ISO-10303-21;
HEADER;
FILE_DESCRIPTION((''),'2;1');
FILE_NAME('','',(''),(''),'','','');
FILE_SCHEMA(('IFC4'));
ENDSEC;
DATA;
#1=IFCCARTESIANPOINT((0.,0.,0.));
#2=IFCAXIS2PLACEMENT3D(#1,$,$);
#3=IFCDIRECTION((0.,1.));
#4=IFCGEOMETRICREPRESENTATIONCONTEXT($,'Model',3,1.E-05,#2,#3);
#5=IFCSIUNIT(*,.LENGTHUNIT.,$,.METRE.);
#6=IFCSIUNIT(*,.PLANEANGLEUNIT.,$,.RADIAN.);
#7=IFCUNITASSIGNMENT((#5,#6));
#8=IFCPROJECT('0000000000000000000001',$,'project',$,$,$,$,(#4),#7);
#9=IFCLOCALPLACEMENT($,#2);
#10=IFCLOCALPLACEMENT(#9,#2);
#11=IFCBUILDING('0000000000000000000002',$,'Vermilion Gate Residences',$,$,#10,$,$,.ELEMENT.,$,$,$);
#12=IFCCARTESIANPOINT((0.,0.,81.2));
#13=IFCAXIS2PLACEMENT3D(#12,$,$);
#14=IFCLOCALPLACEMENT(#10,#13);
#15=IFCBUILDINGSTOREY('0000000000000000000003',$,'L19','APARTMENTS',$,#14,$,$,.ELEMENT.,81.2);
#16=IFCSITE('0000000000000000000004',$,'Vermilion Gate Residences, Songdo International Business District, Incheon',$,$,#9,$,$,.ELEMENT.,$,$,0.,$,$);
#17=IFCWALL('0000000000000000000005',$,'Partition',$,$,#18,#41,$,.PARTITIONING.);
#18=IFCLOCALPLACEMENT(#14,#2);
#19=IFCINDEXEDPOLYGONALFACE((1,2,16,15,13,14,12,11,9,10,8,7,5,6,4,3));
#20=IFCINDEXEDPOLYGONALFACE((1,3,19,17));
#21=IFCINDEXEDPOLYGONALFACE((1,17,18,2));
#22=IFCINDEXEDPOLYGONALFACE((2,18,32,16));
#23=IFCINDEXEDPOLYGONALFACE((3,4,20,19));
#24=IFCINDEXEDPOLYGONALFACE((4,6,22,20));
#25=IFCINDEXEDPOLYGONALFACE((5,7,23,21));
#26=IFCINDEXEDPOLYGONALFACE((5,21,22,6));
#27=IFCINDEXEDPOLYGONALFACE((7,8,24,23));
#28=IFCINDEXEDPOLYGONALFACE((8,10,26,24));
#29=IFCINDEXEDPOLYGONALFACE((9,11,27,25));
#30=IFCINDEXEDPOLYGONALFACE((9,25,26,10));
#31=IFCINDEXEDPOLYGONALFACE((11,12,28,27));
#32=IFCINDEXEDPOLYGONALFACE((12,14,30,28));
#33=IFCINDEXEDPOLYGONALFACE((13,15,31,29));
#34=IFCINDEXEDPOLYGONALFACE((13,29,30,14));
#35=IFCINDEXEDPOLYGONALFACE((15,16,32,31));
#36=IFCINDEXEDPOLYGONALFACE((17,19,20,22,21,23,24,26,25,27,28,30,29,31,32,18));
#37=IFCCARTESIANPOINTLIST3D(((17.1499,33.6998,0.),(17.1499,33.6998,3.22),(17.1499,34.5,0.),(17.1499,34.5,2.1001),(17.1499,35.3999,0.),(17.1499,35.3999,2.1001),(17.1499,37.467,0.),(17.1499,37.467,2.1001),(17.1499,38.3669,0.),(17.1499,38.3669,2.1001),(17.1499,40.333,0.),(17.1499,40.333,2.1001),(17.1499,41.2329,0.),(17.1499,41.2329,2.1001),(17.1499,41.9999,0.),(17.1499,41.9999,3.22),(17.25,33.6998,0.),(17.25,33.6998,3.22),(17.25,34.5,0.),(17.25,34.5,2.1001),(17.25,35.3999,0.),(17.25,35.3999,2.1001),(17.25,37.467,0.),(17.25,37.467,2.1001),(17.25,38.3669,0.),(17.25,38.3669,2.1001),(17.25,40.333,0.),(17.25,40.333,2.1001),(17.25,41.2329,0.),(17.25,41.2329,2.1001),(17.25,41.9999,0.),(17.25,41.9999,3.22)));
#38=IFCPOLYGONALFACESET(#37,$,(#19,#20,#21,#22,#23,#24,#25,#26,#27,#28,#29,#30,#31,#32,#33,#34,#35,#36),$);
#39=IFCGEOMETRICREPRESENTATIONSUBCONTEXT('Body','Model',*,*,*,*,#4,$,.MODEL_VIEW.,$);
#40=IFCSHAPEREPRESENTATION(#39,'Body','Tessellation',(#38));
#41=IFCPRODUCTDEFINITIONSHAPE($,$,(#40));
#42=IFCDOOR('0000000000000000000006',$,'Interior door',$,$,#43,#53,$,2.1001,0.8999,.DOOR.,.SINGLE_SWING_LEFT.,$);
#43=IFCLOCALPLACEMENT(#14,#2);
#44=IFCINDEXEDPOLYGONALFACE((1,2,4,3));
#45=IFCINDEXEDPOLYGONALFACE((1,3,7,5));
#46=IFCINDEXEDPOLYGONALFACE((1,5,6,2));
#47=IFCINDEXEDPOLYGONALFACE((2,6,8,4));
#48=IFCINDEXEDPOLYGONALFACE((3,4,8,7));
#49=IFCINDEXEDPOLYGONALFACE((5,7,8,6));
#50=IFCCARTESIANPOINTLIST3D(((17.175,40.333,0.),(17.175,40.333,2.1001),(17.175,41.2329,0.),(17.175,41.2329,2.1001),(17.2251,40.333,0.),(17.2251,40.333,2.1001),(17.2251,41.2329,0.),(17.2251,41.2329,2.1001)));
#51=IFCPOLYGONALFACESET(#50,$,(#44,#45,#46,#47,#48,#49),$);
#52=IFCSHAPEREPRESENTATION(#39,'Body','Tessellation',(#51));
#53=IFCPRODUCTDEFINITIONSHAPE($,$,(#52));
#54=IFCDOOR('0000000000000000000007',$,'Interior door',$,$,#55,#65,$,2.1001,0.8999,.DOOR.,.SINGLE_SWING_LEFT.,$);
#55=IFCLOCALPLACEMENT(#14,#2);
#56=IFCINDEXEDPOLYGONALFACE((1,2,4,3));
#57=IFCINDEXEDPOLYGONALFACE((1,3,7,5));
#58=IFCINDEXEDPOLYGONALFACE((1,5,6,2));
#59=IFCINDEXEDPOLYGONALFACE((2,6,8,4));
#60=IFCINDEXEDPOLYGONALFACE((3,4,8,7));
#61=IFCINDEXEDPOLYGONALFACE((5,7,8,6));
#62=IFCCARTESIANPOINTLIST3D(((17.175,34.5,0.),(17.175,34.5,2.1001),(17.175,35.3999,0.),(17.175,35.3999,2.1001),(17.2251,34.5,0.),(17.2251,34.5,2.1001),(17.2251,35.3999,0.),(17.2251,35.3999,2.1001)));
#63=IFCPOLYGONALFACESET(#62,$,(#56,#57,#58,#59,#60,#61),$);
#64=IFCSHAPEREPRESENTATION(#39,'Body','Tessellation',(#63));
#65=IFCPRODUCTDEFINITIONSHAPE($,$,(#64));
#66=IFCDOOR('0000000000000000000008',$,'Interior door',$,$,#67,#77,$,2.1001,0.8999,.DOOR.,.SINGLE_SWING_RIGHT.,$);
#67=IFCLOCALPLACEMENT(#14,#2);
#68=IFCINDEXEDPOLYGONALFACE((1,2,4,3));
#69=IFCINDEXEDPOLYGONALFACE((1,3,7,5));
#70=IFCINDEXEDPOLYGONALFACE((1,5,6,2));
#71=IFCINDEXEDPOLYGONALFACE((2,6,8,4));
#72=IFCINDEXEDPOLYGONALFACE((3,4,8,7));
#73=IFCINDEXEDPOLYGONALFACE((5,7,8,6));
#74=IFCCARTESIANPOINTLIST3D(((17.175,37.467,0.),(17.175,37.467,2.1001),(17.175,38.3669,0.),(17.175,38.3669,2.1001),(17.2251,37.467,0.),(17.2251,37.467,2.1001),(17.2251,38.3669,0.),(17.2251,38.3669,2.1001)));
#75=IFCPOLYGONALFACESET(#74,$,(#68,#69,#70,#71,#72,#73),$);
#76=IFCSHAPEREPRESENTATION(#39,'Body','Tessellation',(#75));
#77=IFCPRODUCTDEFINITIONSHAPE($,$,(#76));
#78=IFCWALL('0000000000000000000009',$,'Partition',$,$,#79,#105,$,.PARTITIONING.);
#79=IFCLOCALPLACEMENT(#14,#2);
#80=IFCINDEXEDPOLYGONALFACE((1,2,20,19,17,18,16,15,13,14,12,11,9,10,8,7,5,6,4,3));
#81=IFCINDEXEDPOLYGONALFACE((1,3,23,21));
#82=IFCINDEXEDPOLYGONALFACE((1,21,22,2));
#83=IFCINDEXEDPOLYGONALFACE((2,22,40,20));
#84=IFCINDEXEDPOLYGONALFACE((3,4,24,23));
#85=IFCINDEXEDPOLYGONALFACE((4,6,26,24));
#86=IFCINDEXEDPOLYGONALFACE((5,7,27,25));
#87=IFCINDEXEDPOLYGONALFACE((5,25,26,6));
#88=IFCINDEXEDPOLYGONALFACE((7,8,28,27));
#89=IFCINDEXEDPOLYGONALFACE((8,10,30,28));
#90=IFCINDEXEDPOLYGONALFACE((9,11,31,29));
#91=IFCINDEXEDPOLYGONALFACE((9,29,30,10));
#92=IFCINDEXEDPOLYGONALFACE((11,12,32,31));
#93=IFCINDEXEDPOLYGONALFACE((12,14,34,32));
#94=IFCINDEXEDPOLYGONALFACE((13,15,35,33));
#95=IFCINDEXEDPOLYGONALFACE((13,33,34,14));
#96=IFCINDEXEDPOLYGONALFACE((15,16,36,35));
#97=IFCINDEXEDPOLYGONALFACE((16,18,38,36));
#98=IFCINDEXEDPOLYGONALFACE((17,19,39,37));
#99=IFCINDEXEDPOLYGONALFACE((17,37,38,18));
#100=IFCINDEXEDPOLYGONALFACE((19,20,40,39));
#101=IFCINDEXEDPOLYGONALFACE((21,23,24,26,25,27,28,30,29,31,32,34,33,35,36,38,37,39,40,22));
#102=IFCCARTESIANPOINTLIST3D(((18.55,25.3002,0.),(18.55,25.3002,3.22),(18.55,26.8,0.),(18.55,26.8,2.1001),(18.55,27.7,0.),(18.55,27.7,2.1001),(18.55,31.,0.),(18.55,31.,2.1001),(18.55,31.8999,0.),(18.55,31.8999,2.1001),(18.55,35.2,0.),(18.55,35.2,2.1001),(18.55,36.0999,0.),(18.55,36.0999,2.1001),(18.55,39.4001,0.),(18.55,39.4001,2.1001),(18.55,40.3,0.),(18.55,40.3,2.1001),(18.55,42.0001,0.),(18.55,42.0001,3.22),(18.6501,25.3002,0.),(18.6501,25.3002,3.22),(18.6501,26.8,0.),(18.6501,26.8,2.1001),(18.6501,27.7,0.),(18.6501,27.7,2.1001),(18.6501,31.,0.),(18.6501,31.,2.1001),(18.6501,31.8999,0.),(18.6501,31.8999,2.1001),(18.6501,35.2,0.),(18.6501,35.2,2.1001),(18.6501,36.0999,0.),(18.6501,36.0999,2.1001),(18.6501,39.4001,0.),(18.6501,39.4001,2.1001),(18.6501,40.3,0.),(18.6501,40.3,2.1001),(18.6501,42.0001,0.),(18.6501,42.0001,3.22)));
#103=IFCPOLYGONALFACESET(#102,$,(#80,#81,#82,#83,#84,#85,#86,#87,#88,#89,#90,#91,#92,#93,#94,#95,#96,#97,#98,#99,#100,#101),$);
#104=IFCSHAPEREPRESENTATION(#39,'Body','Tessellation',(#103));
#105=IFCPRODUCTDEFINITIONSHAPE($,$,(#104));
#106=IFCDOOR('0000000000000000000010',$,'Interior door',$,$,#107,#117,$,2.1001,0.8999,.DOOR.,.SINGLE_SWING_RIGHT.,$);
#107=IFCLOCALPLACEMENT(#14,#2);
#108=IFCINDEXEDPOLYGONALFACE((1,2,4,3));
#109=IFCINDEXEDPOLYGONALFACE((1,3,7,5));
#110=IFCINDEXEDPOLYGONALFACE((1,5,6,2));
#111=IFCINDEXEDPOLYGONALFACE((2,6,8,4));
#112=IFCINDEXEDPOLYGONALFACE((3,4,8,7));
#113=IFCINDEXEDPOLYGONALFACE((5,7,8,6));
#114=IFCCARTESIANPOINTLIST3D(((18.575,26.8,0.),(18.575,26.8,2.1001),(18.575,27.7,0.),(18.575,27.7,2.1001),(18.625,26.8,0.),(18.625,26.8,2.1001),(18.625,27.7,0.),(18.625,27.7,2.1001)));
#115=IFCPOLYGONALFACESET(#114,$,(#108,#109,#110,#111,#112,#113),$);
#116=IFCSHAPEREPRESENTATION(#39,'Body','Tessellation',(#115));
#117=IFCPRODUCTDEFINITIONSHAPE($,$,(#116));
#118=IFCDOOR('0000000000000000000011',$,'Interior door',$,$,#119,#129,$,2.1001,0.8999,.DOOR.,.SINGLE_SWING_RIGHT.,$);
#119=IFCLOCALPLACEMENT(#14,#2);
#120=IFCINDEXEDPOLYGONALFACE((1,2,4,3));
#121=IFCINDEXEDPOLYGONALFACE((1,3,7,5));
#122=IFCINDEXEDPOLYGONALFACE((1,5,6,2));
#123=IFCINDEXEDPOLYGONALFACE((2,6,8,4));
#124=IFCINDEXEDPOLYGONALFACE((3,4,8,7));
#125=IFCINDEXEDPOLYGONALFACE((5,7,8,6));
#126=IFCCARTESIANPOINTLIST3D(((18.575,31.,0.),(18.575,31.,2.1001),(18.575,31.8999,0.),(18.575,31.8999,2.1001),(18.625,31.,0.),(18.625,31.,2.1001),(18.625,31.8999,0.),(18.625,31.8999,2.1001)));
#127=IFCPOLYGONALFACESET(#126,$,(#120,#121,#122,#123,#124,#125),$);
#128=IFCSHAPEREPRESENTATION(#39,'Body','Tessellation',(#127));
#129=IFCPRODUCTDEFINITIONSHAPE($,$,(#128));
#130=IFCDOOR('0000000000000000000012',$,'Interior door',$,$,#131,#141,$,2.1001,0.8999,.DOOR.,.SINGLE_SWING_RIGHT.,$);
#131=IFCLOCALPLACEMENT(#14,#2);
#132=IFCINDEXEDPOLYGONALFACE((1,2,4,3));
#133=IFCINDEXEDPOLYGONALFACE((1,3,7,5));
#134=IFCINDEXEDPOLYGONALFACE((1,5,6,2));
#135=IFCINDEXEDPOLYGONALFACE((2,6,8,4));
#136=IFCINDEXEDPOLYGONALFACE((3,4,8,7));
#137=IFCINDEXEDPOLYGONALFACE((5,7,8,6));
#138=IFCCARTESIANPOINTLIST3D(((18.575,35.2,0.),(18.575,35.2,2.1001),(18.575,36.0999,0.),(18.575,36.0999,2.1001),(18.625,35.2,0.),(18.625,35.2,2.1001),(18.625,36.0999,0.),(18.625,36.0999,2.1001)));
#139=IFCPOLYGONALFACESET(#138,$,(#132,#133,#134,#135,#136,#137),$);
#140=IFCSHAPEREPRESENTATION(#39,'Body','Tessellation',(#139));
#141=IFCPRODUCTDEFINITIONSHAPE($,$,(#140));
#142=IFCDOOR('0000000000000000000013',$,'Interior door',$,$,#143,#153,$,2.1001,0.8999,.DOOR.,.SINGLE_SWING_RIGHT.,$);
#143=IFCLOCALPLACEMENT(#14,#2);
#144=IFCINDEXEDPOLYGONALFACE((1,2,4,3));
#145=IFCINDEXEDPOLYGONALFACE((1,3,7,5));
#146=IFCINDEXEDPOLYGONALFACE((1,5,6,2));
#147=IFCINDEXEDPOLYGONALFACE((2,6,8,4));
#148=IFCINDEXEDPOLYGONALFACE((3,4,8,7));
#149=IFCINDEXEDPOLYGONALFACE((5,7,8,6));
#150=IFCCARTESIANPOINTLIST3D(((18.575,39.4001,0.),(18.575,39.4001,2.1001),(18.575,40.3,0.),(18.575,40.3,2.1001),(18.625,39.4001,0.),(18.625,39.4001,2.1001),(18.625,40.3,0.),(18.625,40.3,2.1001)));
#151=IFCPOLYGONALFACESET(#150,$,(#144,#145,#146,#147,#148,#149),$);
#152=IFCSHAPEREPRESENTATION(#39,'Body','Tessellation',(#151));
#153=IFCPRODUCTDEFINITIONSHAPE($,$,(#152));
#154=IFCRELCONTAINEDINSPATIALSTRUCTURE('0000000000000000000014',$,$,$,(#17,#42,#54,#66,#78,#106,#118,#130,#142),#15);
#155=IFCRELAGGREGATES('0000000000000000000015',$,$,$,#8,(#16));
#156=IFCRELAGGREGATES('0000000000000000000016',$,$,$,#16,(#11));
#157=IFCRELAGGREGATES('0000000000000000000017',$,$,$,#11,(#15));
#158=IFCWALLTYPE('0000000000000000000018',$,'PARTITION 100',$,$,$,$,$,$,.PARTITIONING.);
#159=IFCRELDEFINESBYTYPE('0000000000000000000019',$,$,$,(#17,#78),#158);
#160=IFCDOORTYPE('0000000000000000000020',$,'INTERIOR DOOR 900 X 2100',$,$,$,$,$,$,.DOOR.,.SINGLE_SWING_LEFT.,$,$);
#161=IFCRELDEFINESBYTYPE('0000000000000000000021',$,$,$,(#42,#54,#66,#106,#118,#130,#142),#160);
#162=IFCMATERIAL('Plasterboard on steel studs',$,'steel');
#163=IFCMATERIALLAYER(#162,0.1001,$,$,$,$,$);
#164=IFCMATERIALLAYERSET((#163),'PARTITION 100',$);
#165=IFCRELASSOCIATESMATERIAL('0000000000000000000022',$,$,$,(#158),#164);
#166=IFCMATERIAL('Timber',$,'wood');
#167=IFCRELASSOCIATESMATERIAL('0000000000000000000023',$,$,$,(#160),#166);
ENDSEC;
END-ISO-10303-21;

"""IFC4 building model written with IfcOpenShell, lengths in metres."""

from ifc_helpers import new_model, si_unit, direction, frame, frame_2d, origin, place, context, subcontext, project, spatial, rectangle, extrude, material, layer, layer_set, type_object, element, fill, save


model = new_model("IFC4")

# Units and contexts
model_context = context("Model", 3, precision=1e-05, world=origin(), true_north=direction((0.0, 1.0)))
body_context = subcontext(model_context, "Body", "Model", "MODEL_VIEW")
ifc_project = project(units=[si_unit("LENGTHUNIT", "METRE"), si_unit("PLANEANGLEUNIT", "RADIAN")], contexts=[model_context])

# Site, building, storey
site_placement = place(None, origin())
site = spatial("IfcSite", under=ifc_project, at=site_placement, Name="Vermilion Gate Residences, Songdo International Business District, Incheon", CompositionType="ELEMENT", RefElevation=0.0)
building_placement = place(site_placement, origin())
building = spatial("IfcBuilding", under=site, at=building_placement, Name="Vermilion Gate Residences", CompositionType="ELEMENT")
storey_placement = place(building_placement, frame((0.0, 0.0, 81.2)))
storey = spatial("IfcBuildingStorey", under=building, at=storey_placement, Name="L19", Description="APARTMENTS", CompositionType="ELEMENT", Elevation=81.2)

# Shared definitions
ifc_material_1 = material(Name="Plasterboard on steel studs", Category="steel")
ifc_layer_1 = layer(ifc_material_1, 0.1001)
ifc_layer_set_1 = layer_set([ifc_layer_1], Name="PARTITION 100")
wall_type = type_object("IfcWallType", Name="PARTITION 100", PredefinedType="PARTITIONING", material=ifc_layer_set_1)

# Walls, openings, doors
ifc_material_2 = material(Name="Timber", Category="wood")
door_type = type_object("IfcDoorType", Name="INTERIOR DOOR 900 X 2100", OperationType="SINGLE_SWING_LEFT", PredefinedType="DOOR", material=ifc_material_2)
wall_1_placement = place(storey_placement, frame((17.2, 33.7, 0.0), z_axis=(0.0, 0.0, 1.0), x_axis=(0.0, 1.0, 0.0)))
wall_1 = element("IfcWall", 1, at=wall_1_placement, inside=storey, type_object=wall_type, Name="Partition", PredefinedType="PARTITIONING", context=body_context, shape_type="SweptSolid", body=[
    extrude(rectangle(XDim=8.3, YDim=0.1001, at=frame_2d((4.1499, 0.0))), origin(), (0.0, 0.0, 1.0), 3.22),
])
opening_1_placement = place(wall_1_placement, frame((6.6331, 0.0, 0.0)))
opening_1 = element("IfcOpeningElement", 2, at=opening_1_placement, cuts=wall_1, PredefinedType="OPENING", context=body_context, shape_type="SweptSolid", body=[
    extrude(rectangle(XDim=0.8999, YDim=2.1001, at=frame_2d((0.45, 1.05))), frame((0.0, 0.0601, 0.0), z_axis=(0.0, -1.0, 0.0), x_axis=(1.0, 0.0, 0.0)), (0.0, 0.0, 1.0), 0.1201),
])
opening_2_placement = place(wall_1_placement, frame((0.8, 0.0, 0.0)))
opening_2 = element("IfcOpeningElement", 3, at=opening_2_placement, cuts=wall_1, PredefinedType="OPENING", context=body_context, shape_type="SweptSolid", body=[
    extrude(rectangle(XDim=0.8999, YDim=2.1001, at=frame_2d((0.45, 1.05))), frame((0.0, 0.0601, 0.0), z_axis=(0.0, -1.0, 0.0), x_axis=(1.0, 0.0, 0.0)), (0.0, 0.0, 1.0), 0.1201),
])
opening_3_placement = place(wall_1_placement, frame((3.7671, 0.0, 0.0)))
opening_3 = element("IfcOpeningElement", 4, at=opening_3_placement, cuts=wall_1, PredefinedType="OPENING", context=body_context, shape_type="SweptSolid", body=[
    extrude(rectangle(XDim=0.8999, YDim=2.1001, at=frame_2d((0.45, 1.05))), frame((0.0, 0.0601, 0.0), z_axis=(0.0, -1.0, 0.0), x_axis=(1.0, 0.0, 0.0)), (0.0, 0.0, 1.0), 0.1201),
])
door_1_placement = place(opening_1_placement, origin())
door_1 = element("IfcDoor", 5, at=door_1_placement, inside=storey, type_object=door_type, Name="Interior door", OperationType="SINGLE_SWING_LEFT", OverallHeight=2.1001, OverallWidth=0.8999, PredefinedType="DOOR", context=body_context, shape_type="SweptSolid", body=[
    extrude(rectangle(XDim=0.8999, YDim=2.1001, at=frame_2d((0.45, 1.05))), frame((0.0, 0.0249, 0.0), z_axis=(0.0, -1.0, 0.0), x_axis=(1.0, 0.0, 0.0)), (0.0, 0.0, 1.0), 0.05),
])
fill(opening_1, door_1)
door_2_placement = place(opening_2_placement, origin())
door_2 = element("IfcDoor", 6, at=door_2_placement, inside=storey, type_object=door_type, Name="Interior door", OperationType="SINGLE_SWING_LEFT", OverallHeight=2.1001, OverallWidth=0.8999, PredefinedType="DOOR", context=body_context, shape_type="SweptSolid", body=[
    extrude(rectangle(XDim=0.8999, YDim=2.1001, at=frame_2d((0.45, 1.05))), frame((0.0, 0.0249, 0.0), z_axis=(0.0, -1.0, 0.0), x_axis=(1.0, 0.0, 0.0)), (0.0, 0.0, 1.0), 0.05),
])
fill(opening_2, door_2)
door_3_placement = place(opening_3_placement, origin())
door_3 = element("IfcDoor", 7, at=door_3_placement, inside=storey, type_object=door_type, Name="Interior door", OperationType="SINGLE_SWING_RIGHT", OverallHeight=2.1001, OverallWidth=0.8999, PredefinedType="DOOR", context=body_context, shape_type="SweptSolid", body=[
    extrude(rectangle(XDim=0.8999, YDim=2.1001, at=frame_2d((0.45, 1.05))), frame((0.0, 0.0249, 0.0), z_axis=(0.0, -1.0, 0.0), x_axis=(1.0, 0.0, 0.0)), (0.0, 0.0, 1.0), 0.05),
])
fill(opening_3, door_3)
wall_2_placement = place(storey_placement, frame((18.6001, 25.3, 0.0), z_axis=(0.0, 0.0, 1.0), x_axis=(0.0, 1.0, 0.0)))
wall_2 = element("IfcWall", 8, at=wall_2_placement, inside=storey, type_object=wall_type, Name="Partition", PredefinedType="PARTITIONING", context=body_context, shape_type="SweptSolid", body=[
    extrude(rectangle(XDim=16.7, YDim=0.1001, at=frame_2d((8.3501, 0.0))), origin(), (0.0, 0.0, 1.0), 3.22),
])
opening_4_placement = place(wall_2_placement, frame((1.5, 0.0, 0.0)))
opening_4 = element("IfcOpeningElement", 9, at=opening_4_placement, cuts=wall_2, PredefinedType="OPENING", context=body_context, shape_type="SweptSolid", body=[
    extrude(rectangle(XDim=0.8999, YDim=2.1001, at=frame_2d((0.45, 1.05))), frame((0.0, 0.0601, 0.0), z_axis=(0.0, -1.0, 0.0), x_axis=(1.0, 0.0, 0.0)), (0.0, 0.0, 1.0), 0.1201),
])
opening_5_placement = place(wall_2_placement, frame((5.7, 0.0, 0.0)))
opening_5 = element("IfcOpeningElement", 10, at=opening_5_placement, cuts=wall_2, PredefinedType="OPENING", context=body_context, shape_type="SweptSolid", body=[
    extrude(rectangle(XDim=0.8999, YDim=2.1001, at=frame_2d((0.45, 1.05))), frame((0.0, 0.0601, 0.0), z_axis=(0.0, -1.0, 0.0), x_axis=(1.0, 0.0, 0.0)), (0.0, 0.0, 1.0), 0.1201),
])
opening_6_placement = place(wall_2_placement, frame((9.8999, 0.0, 0.0)))
opening_6 = element("IfcOpeningElement", 11, at=opening_6_placement, cuts=wall_2, PredefinedType="OPENING", context=body_context, shape_type="SweptSolid", body=[
    extrude(rectangle(XDim=0.8999, YDim=2.1001, at=frame_2d((0.45, 1.05))), frame((0.0, 0.0601, 0.0), z_axis=(0.0, -1.0, 0.0), x_axis=(1.0, 0.0, 0.0)), (0.0, 0.0, 1.0), 0.1201),
])
opening_7_placement = place(wall_2_placement, frame((14.1001, 0.0, 0.0)))
opening_7 = element("IfcOpeningElement", 12, at=opening_7_placement, cuts=wall_2, PredefinedType="OPENING", context=body_context, shape_type="SweptSolid", body=[
    extrude(rectangle(XDim=0.8999, YDim=2.1001, at=frame_2d((0.45, 1.05))), frame((0.0, 0.0601, 0.0), z_axis=(0.0, -1.0, 0.0), x_axis=(1.0, 0.0, 0.0)), (0.0, 0.0, 1.0), 0.1201),
])
door_4_placement = place(opening_4_placement, frame((0.8999, 0.0, 0.0), z_axis=(0.0, 0.0, 1.0), x_axis=(-1.0, 0.0, 0.0)))
door_4 = element("IfcDoor", 13, at=door_4_placement, inside=storey, type_object=door_type, Name="Interior door", OperationType="SINGLE_SWING_RIGHT", OverallHeight=2.1001, OverallWidth=0.8999, PredefinedType="DOOR", context=body_context, shape_type="SweptSolid", body=[
    extrude(rectangle(XDim=0.8999, YDim=2.1001, at=frame_2d((0.45, 1.05))), frame((0.0, 0.0249, 0.0), z_axis=(0.0, -1.0, 0.0), x_axis=(1.0, 0.0, 0.0)), (0.0, 0.0, 1.0), 0.05),
])
fill(opening_4, door_4)
door_5_placement = place(opening_5_placement, frame((0.8999, 0.0, 0.0), z_axis=(0.0, 0.0, 1.0), x_axis=(-1.0, 0.0, 0.0)))
door_5 = element("IfcDoor", 14, at=door_5_placement, inside=storey, type_object=door_type, Name="Interior door", OperationType="SINGLE_SWING_RIGHT", OverallHeight=2.1001, OverallWidth=0.8999, PredefinedType="DOOR", context=body_context, shape_type="SweptSolid", body=[
    extrude(rectangle(XDim=0.8999, YDim=2.1001, at=frame_2d((0.45, 1.05))), frame((0.0, 0.0249, 0.0), z_axis=(0.0, -1.0, 0.0), x_axis=(1.0, 0.0, 0.0)), (0.0, 0.0, 1.0), 0.05),
])
fill(opening_5, door_5)
door_6_placement = place(opening_6_placement, frame((0.8999, 0.0, 0.0), z_axis=(0.0, 0.0, 1.0), x_axis=(-1.0, 0.0, 0.0)))
door_6 = element("IfcDoor", 15, at=door_6_placement, inside=storey, type_object=door_type, Name="Interior door", OperationType="SINGLE_SWING_RIGHT", OverallHeight=2.1001, OverallWidth=0.8999, PredefinedType="DOOR", context=body_context, shape_type="SweptSolid", body=[
    extrude(rectangle(XDim=0.8999, YDim=2.1001, at=frame_2d((0.45, 1.05))), frame((0.0, 0.0249, 0.0), z_axis=(0.0, -1.0, 0.0), x_axis=(1.0, 0.0, 0.0)), (0.0, 0.0, 1.0), 0.05),
])
fill(opening_6, door_6)
door_7_placement = place(opening_7_placement, frame((0.8999, 0.0, 0.0), z_axis=(0.0, 0.0, 1.0), x_axis=(-1.0, 0.0, 0.0)))
door_7 = element("IfcDoor", 16, at=door_7_placement, inside=storey, type_object=door_type, Name="Interior door", OperationType="SINGLE_SWING_RIGHT", OverallHeight=2.1001, OverallWidth=0.8999, PredefinedType="DOOR", context=body_context, shape_type="SweptSolid", body=[
    extrude(rectangle(XDim=0.8999, YDim=2.1001, at=frame_2d((0.45, 1.05))), frame((0.0, 0.0249, 0.0), z_axis=(0.0, -1.0, 0.0), x_axis=(1.0, 0.0, 0.0)), (0.0, 0.0, 1.0), 0.05),
])
fill(opening_7, door_7)

save(model, "model.ifc")
